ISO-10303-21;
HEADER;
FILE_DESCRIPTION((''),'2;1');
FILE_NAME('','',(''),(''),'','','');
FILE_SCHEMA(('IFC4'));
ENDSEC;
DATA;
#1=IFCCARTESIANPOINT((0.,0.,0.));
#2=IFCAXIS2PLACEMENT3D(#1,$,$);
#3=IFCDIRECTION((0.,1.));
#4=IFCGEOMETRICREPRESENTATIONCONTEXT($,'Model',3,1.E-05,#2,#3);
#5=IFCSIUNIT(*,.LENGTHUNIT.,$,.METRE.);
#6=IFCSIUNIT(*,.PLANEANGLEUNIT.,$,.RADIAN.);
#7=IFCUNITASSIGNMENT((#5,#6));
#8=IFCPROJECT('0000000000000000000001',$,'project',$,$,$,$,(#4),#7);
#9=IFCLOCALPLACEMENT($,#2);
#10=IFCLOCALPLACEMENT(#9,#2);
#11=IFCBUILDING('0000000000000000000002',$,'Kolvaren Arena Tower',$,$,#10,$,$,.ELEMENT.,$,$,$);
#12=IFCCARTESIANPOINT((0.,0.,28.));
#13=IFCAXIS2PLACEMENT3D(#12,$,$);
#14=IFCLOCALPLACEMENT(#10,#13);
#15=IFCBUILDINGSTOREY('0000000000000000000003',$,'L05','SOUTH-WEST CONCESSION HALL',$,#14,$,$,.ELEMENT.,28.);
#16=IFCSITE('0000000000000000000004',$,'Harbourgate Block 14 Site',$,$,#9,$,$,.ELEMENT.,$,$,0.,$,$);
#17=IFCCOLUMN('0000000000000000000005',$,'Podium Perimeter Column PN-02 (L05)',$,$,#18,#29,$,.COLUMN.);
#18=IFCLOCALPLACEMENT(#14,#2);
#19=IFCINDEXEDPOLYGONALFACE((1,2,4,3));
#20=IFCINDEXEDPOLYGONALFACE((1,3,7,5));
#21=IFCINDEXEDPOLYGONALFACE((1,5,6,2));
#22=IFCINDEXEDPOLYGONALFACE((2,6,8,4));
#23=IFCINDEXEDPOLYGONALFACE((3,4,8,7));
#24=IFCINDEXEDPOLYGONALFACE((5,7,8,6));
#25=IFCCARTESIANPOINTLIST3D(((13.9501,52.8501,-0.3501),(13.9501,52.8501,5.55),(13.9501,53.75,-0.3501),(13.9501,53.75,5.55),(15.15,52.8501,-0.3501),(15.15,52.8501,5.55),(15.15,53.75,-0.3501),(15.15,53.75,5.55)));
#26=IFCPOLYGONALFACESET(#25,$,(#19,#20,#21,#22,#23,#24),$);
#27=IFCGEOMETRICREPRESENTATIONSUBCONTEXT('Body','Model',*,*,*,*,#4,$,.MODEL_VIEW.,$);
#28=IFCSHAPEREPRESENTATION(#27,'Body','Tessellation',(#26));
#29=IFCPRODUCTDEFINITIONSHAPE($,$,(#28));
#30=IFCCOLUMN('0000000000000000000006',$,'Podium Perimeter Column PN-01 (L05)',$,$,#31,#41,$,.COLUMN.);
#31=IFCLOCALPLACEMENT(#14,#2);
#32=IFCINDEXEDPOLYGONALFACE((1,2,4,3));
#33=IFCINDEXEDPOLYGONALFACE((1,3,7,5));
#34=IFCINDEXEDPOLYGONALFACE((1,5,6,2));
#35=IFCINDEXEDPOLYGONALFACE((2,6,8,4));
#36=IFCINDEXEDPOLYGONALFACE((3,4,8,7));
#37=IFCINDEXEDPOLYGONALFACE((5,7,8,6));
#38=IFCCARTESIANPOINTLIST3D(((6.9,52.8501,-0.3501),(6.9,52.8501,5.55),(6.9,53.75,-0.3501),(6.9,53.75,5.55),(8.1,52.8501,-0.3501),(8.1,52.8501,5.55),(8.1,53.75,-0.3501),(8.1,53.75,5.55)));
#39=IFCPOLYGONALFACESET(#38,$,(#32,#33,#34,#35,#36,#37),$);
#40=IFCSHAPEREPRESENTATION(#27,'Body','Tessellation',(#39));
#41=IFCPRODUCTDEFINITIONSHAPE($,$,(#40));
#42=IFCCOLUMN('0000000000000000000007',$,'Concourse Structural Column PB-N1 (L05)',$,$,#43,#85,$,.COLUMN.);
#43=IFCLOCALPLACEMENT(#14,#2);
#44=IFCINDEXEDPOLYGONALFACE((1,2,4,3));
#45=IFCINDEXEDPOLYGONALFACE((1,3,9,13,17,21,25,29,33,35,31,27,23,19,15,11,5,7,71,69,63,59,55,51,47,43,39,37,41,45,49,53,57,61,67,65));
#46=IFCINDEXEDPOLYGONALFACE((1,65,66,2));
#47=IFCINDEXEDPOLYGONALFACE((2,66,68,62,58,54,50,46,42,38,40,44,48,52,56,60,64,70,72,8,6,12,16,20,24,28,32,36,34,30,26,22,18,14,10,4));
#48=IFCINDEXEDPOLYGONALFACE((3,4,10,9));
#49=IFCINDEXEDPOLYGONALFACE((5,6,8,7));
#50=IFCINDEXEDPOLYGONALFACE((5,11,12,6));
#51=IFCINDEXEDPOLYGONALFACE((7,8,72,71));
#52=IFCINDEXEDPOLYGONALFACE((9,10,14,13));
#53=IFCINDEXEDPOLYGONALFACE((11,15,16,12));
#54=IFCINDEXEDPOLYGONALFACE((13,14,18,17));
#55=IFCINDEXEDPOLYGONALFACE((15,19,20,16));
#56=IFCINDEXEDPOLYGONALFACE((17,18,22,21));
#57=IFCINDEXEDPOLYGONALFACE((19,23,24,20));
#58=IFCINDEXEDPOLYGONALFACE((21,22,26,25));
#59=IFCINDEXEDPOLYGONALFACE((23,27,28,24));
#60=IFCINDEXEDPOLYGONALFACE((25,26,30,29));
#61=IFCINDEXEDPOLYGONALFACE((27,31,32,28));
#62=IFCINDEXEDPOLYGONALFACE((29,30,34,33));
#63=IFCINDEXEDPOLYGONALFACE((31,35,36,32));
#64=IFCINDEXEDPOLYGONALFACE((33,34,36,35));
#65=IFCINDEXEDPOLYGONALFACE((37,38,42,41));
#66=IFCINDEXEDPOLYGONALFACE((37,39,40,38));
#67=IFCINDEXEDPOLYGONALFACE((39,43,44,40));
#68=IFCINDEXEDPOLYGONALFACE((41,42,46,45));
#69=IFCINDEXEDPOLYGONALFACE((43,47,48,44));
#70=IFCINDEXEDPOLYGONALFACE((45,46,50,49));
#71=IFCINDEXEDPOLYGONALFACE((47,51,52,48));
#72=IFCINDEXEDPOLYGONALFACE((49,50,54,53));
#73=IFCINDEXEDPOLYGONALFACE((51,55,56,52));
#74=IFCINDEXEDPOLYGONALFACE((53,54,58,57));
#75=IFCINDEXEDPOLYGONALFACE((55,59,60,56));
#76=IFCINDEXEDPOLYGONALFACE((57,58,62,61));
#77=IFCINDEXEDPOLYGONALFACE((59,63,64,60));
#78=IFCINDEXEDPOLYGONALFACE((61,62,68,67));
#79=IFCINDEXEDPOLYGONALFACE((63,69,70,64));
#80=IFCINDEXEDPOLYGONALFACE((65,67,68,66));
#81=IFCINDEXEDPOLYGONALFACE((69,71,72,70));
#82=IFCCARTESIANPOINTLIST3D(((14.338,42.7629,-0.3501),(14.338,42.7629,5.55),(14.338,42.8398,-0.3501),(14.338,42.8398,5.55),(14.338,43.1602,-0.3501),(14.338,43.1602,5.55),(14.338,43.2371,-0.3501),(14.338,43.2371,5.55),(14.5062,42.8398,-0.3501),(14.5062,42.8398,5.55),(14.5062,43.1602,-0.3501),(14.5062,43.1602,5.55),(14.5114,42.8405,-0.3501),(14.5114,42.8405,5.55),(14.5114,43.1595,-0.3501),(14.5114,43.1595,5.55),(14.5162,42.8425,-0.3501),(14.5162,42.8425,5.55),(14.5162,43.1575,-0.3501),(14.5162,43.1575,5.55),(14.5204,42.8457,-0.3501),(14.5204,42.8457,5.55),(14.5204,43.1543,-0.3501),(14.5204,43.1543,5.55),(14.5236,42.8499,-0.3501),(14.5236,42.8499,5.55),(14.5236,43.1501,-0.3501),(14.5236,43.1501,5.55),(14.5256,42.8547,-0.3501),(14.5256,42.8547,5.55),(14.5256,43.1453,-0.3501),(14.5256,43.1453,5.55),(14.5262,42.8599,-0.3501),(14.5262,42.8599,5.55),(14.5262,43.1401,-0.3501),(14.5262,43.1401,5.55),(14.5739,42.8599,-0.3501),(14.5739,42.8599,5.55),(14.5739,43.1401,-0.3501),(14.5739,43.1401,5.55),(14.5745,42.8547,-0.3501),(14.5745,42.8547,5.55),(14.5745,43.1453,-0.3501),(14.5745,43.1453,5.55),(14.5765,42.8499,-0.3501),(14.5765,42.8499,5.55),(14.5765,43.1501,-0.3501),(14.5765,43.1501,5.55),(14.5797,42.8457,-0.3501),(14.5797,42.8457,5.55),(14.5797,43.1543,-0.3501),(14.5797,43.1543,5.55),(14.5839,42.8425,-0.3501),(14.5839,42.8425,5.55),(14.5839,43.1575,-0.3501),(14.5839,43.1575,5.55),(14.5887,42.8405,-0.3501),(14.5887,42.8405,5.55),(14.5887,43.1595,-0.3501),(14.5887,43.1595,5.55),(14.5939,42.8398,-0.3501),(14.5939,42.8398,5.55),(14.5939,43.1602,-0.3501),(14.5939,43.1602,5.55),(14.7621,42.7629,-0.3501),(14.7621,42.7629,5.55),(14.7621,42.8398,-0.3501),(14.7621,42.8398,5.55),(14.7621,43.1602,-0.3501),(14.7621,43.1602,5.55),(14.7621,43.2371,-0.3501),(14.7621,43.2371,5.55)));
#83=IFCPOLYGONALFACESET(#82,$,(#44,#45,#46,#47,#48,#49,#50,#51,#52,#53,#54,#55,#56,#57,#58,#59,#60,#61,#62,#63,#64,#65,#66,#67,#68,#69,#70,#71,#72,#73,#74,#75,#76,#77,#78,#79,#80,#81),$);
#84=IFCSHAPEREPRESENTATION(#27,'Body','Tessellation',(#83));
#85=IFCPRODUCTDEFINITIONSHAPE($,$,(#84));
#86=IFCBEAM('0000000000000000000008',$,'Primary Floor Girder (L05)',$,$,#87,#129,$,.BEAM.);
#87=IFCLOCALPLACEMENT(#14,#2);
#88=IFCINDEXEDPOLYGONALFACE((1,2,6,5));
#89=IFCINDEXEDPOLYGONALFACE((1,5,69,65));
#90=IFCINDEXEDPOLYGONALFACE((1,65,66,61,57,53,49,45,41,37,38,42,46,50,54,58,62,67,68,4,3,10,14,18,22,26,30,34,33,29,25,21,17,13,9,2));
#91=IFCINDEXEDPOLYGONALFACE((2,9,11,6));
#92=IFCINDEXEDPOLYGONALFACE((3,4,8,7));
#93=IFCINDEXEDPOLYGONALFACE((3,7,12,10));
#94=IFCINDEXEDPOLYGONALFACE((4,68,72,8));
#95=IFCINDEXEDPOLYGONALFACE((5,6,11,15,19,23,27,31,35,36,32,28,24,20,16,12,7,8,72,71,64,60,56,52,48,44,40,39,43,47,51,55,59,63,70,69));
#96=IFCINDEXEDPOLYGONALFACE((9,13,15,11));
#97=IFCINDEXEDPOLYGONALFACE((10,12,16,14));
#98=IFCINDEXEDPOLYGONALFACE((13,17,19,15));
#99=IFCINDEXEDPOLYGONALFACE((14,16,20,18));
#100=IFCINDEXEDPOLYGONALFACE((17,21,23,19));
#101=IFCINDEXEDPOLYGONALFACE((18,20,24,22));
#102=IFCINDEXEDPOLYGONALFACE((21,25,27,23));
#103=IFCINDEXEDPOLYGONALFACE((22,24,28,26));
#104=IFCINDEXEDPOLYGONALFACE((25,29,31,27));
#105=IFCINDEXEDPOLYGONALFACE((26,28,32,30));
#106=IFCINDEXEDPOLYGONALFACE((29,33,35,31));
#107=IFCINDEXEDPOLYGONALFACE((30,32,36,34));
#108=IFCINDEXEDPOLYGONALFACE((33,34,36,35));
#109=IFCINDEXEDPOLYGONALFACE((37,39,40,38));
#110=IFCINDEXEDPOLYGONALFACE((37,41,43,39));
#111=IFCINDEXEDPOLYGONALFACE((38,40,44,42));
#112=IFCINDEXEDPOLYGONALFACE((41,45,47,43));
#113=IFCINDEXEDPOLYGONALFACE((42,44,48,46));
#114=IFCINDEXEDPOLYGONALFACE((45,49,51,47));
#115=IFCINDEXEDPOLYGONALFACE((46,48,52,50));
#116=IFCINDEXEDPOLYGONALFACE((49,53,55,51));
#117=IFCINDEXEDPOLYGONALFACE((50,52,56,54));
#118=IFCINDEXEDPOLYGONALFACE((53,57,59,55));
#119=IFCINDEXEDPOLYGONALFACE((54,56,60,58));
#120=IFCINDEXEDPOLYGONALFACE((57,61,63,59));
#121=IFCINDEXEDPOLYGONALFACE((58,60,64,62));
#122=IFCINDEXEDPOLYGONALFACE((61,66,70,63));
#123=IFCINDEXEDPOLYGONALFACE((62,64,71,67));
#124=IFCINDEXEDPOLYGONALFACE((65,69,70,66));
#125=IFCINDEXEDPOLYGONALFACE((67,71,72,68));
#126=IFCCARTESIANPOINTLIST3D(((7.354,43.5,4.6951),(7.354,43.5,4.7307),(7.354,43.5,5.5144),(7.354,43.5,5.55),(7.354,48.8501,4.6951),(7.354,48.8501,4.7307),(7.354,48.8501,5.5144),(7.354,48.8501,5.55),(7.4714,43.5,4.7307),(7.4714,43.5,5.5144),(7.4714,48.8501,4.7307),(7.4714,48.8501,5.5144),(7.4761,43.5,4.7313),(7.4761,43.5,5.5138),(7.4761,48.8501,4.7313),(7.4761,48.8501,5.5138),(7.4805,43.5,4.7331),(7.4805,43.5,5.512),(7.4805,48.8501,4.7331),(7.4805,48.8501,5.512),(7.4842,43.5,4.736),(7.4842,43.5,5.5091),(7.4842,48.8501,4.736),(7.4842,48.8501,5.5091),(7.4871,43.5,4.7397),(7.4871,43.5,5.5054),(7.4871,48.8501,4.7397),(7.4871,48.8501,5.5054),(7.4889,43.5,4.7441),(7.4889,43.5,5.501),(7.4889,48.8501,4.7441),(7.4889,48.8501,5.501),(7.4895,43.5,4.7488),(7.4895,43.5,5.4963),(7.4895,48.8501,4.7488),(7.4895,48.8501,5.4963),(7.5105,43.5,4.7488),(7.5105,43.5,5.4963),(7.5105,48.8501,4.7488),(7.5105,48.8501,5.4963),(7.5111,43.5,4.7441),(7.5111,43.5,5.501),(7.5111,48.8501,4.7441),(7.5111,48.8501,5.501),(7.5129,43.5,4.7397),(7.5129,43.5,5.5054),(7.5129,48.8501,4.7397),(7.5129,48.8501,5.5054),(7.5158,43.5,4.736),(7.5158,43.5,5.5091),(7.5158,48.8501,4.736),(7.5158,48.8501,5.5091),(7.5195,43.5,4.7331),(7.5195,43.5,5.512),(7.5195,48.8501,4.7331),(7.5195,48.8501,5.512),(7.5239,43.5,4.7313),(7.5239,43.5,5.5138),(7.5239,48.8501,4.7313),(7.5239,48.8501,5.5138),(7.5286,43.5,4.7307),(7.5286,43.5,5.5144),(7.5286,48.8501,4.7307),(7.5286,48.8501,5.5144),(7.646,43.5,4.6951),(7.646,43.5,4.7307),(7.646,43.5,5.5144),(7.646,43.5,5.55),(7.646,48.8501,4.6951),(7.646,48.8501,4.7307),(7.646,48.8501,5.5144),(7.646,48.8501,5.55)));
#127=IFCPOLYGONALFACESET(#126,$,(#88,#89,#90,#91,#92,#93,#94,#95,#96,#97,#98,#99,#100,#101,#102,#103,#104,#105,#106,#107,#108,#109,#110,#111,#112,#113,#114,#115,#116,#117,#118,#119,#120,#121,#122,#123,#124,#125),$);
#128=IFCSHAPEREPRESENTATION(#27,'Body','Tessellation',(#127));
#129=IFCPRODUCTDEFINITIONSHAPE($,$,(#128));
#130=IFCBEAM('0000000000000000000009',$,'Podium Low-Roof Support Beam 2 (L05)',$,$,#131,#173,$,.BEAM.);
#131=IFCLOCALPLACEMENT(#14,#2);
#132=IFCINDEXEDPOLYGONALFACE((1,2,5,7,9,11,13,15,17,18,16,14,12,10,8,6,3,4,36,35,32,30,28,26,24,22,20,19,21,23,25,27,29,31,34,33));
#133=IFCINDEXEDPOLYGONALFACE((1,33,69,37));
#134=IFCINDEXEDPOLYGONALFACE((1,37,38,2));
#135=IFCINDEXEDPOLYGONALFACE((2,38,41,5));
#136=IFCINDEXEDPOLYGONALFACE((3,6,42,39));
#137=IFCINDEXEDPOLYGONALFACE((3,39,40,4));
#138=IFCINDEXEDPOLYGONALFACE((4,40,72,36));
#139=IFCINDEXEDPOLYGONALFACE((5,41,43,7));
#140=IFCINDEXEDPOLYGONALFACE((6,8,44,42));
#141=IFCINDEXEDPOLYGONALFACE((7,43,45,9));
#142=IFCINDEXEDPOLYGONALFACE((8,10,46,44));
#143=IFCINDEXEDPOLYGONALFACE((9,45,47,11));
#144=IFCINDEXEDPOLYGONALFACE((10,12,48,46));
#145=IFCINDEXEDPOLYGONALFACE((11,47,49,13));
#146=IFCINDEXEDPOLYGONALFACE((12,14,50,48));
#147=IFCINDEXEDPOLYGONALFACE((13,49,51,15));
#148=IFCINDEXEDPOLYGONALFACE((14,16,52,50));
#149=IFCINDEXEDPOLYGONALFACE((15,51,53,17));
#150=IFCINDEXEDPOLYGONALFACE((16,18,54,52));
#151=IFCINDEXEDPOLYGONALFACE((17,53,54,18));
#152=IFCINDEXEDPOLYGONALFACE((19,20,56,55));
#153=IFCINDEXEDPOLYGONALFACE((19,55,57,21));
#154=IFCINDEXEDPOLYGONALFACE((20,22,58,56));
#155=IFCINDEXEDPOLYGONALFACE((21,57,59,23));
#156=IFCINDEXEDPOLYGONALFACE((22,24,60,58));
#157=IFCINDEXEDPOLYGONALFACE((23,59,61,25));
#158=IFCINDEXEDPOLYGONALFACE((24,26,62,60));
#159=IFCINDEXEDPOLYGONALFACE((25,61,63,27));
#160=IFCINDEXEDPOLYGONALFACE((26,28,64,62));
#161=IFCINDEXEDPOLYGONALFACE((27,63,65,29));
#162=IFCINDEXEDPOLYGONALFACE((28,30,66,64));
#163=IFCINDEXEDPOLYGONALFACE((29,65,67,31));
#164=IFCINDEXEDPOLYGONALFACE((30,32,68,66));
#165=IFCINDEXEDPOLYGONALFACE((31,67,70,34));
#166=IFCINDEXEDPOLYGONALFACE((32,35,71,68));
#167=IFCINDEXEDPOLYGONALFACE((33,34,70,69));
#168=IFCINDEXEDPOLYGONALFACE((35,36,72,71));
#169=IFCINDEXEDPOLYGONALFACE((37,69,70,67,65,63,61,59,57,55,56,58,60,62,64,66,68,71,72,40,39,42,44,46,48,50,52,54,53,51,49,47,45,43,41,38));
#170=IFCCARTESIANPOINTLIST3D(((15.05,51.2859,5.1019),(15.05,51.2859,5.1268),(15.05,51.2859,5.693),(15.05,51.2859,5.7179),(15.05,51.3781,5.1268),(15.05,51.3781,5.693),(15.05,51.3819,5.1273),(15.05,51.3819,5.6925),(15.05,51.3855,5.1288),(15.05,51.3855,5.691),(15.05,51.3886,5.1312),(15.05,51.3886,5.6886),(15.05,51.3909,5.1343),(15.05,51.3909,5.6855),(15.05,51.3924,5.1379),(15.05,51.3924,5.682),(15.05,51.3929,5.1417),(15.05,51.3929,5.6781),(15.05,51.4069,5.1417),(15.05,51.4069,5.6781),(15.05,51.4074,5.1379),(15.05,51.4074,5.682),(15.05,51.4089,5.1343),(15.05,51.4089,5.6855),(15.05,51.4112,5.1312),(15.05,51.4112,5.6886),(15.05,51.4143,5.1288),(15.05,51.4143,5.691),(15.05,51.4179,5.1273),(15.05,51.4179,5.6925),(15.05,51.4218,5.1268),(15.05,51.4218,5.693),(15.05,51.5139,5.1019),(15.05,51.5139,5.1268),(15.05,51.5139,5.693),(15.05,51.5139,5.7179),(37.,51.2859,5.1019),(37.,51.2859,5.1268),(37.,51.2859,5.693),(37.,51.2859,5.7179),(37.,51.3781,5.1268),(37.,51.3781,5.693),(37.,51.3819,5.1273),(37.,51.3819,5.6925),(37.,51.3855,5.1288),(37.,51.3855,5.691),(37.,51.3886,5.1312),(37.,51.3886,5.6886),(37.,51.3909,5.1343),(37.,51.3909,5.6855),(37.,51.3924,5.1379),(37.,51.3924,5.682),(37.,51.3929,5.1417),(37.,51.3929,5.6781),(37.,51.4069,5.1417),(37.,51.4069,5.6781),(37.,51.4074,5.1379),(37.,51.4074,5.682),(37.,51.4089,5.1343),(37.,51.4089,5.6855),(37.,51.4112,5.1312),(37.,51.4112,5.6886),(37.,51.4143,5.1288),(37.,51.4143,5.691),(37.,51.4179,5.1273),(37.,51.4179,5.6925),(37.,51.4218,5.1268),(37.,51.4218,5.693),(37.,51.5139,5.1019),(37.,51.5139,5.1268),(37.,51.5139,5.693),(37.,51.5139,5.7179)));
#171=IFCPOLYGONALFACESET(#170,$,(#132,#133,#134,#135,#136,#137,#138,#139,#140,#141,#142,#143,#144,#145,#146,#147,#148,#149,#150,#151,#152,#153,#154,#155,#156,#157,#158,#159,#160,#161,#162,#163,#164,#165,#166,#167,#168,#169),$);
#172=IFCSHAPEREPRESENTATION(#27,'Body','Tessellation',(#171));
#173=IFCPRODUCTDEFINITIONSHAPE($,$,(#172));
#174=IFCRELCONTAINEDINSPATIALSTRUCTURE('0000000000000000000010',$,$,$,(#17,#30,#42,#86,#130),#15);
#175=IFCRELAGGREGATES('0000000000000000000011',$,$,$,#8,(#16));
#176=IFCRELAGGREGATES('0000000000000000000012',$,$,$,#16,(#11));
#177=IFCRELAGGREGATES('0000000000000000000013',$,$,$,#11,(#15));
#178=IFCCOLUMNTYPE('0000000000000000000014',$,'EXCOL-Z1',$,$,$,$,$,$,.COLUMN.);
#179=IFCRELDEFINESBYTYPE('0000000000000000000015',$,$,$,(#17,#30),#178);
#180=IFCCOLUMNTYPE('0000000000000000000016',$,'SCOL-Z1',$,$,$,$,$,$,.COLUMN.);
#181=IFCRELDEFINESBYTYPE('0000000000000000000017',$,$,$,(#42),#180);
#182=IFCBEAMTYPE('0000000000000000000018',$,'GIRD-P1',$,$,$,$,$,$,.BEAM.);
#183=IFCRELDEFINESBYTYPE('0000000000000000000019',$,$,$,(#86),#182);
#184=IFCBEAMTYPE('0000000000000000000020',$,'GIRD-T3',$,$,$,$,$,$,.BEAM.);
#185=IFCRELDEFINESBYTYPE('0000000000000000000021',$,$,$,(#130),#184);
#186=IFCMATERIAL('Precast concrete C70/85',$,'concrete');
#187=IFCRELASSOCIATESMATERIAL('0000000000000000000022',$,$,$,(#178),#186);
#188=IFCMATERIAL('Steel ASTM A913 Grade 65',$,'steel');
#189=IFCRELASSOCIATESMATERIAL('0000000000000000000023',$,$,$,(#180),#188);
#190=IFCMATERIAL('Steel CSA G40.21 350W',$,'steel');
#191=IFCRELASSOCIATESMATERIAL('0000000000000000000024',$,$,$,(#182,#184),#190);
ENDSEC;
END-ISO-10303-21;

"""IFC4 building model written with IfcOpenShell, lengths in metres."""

from ifc_helpers import new_model, si_unit, direction, frame, origin, origin_2d, place, context, subcontext, project, spatial, rectangle, i_section, extrude, material, material_profile, profile_set, type_object, element, save


model = new_model("IFC4")

# Units and contexts
model_context = context("Model", 3, precision=1e-05, world=origin(), true_north=direction((0.0, 1.0)))
body_context = subcontext(model_context, "Body", "Model", "MODEL_VIEW")
ifc_project = project(units=[si_unit("LENGTHUNIT", "METRE"), si_unit("PLANEANGLEUNIT", "RADIAN")], contexts=[model_context])

# Site, building, storey
site_placement = place(None, origin())
site = spatial("IfcSite", under=ifc_project, at=site_placement, Name="Harbourgate Block 14 Site", CompositionType="ELEMENT", RefElevation=0.0)
building_placement = place(site_placement, origin())
building = spatial("IfcBuilding", under=site, at=building_placement, Name="Kolvaren Arena Tower", CompositionType="ELEMENT")
storey_placement = place(building_placement, frame((0.0, 0.0, 28.0)))
storey = spatial("IfcBuildingStorey", under=building, at=storey_placement, Name="L05", Description="SOUTH-WEST CONCESSION HALL", CompositionType="ELEMENT", Elevation=28.0)

# Columns
ifc_material_1 = material(Name="Precast concrete C70/85", Category="concrete")
ifc_material_profile_1 = material_profile(ifc_material_1, rectangle(XDim=1.2, YDim=0.8999, at=origin_2d()), Name="RC-1200x900")
ifc_profile_set_1 = profile_set([ifc_material_profile_1], Name="Precast concrete C70/85")
column_type_1 = type_object("IfcColumnType", Name="EXCOL-Z1", PredefinedType="COLUMN", material=ifc_profile_set_1)
for number, where, z_axis, x_axis, name in (
    (1, (14.55, 53.3, -0.3501), (0.0, 0.0, 1.0), (1.0, 0.0, 0.0), "Podium Perimeter Column PN-02 (L05)"),
    (2, (7.5, 53.3, -0.3501), (0.0, 0.0, 1.0), (1.0, 0.0, 0.0), "Podium Perimeter Column PN-01 (L05)"),
):
    element("IfcColumn", number, at=place(storey_placement, frame(where, z_axis=z_axis, x_axis=x_axis)), inside=storey, type_object=column_type_1, Name=name, PredefinedType="COLUMN", context=body_context, shape_type="SweptSolid", body=[
        extrude(rectangle(XDim=1.2, YDim=0.8999, at=origin_2d()), origin(), (0.0, 0.0, 1.0), 5.9001),
    ])
ifc_material_2 = material(Name="Steel ASTM A913 Grade 65", Category="steel")
ifc_material_profile_2 = material_profile(ifc_material_2, i_section(OverallWidth=0.4241, OverallDepth=0.4741, WebThickness=0.0476, FlangeThickness=0.0769, FilletRadius=0.02, at=origin_2d()), Name="W360x634")
ifc_profile_set_2 = profile_set([ifc_material_profile_2], Name="Steel ASTM A913 Grade 65")
column_type_2 = type_object("IfcColumnType", Name="SCOL-Z1", PredefinedType="COLUMN", material=ifc_profile_set_2)
column_placement = place(storey_placement, frame((14.55, 43.0, -0.3501), z_axis=(0.0, 0.0, 1.0), x_axis=(1.0, 0.0, 0.0)))
element("IfcColumn", 3, at=column_placement, inside=storey, type_object=column_type_2, Name="Concourse Structural Column PB-N1 (L05)", PredefinedType="COLUMN", context=body_context, shape_type="SweptSolid", body=[
    extrude(i_section(OverallWidth=0.4241, OverallDepth=0.4741, WebThickness=0.0476, FlangeThickness=0.0769, FilletRadius=0.02, at=origin_2d()), origin(), (0.0, 0.0, 1.0), 5.9001),
])

# Beams
ifc_material_3 = material(Name="Steel CSA G40.21 350W", Category="steel")
ifc_material_profile_3 = material_profile(ifc_material_3, i_section(OverallWidth=0.292, OverallDepth=0.855, WebThickness=0.021, FlangeThickness=0.0356, FilletRadius=0.0181, at=origin_2d()), Name="W840x299")
ifc_profile_set_3 = profile_set([ifc_material_profile_3], Name="Steel CSA G40.21 350W")
beam_type_1 = type_object("IfcBeamType", Name="GIRD-P1", PredefinedType="BEAM", material=ifc_profile_set_3)
beam_1_placement = place(storey_placement, frame((7.5, 43.5, 5.1226), z_axis=(0.0, 1.0, 0.0), x_axis=(-1.0, 0.0, 0.0)))
element("IfcBeam", 4, at=beam_1_placement, inside=storey, type_object=beam_type_1, Name="Primary Floor Girder (L05)", PredefinedType="BEAM", context=body_context, shape_type="SweptSolid", body=[
    extrude(i_section(OverallWidth=0.292, OverallDepth=0.855, WebThickness=0.021, FlangeThickness=0.0356, FilletRadius=0.0181, at=origin_2d()), origin(), (0.0, 0.0, 1.0), 5.3501),
])
ifc_material_profile_4 = material_profile(ifc_material_3, i_section(OverallWidth=0.228, OverallDepth=0.616, WebThickness=0.0139, FlangeThickness=0.0249, FilletRadius=0.0149, at=origin_2d()), Name="W610x174")
ifc_profile_set_4 = profile_set([ifc_material_profile_4], Name="Steel CSA G40.21 350W")
beam_type_2 = type_object("IfcBeamType", Name="GIRD-T3", PredefinedType="BEAM", material=ifc_profile_set_4)
beam_2_placement = place(storey_placement, frame((15.05, 51.3999, 5.4099), z_axis=(1.0, 0.0, 0.0), x_axis=(0.0, 1.0, 0.0)))
element("IfcBeam", 5, at=beam_2_placement, inside=storey, type_object=beam_type_2, Name="Podium Low-Roof Support Beam 2 (L05)", PredefinedType="BEAM", context=body_context, shape_type="SweptSolid", body=[
    extrude(i_section(OverallWidth=0.228, OverallDepth=0.616, WebThickness=0.0139, FlangeThickness=0.0249, FilletRadius=0.0149, at=origin_2d()), origin(), (0.0, 0.0, 1.0), 21.95),
])

save(model, "model.ifc")
